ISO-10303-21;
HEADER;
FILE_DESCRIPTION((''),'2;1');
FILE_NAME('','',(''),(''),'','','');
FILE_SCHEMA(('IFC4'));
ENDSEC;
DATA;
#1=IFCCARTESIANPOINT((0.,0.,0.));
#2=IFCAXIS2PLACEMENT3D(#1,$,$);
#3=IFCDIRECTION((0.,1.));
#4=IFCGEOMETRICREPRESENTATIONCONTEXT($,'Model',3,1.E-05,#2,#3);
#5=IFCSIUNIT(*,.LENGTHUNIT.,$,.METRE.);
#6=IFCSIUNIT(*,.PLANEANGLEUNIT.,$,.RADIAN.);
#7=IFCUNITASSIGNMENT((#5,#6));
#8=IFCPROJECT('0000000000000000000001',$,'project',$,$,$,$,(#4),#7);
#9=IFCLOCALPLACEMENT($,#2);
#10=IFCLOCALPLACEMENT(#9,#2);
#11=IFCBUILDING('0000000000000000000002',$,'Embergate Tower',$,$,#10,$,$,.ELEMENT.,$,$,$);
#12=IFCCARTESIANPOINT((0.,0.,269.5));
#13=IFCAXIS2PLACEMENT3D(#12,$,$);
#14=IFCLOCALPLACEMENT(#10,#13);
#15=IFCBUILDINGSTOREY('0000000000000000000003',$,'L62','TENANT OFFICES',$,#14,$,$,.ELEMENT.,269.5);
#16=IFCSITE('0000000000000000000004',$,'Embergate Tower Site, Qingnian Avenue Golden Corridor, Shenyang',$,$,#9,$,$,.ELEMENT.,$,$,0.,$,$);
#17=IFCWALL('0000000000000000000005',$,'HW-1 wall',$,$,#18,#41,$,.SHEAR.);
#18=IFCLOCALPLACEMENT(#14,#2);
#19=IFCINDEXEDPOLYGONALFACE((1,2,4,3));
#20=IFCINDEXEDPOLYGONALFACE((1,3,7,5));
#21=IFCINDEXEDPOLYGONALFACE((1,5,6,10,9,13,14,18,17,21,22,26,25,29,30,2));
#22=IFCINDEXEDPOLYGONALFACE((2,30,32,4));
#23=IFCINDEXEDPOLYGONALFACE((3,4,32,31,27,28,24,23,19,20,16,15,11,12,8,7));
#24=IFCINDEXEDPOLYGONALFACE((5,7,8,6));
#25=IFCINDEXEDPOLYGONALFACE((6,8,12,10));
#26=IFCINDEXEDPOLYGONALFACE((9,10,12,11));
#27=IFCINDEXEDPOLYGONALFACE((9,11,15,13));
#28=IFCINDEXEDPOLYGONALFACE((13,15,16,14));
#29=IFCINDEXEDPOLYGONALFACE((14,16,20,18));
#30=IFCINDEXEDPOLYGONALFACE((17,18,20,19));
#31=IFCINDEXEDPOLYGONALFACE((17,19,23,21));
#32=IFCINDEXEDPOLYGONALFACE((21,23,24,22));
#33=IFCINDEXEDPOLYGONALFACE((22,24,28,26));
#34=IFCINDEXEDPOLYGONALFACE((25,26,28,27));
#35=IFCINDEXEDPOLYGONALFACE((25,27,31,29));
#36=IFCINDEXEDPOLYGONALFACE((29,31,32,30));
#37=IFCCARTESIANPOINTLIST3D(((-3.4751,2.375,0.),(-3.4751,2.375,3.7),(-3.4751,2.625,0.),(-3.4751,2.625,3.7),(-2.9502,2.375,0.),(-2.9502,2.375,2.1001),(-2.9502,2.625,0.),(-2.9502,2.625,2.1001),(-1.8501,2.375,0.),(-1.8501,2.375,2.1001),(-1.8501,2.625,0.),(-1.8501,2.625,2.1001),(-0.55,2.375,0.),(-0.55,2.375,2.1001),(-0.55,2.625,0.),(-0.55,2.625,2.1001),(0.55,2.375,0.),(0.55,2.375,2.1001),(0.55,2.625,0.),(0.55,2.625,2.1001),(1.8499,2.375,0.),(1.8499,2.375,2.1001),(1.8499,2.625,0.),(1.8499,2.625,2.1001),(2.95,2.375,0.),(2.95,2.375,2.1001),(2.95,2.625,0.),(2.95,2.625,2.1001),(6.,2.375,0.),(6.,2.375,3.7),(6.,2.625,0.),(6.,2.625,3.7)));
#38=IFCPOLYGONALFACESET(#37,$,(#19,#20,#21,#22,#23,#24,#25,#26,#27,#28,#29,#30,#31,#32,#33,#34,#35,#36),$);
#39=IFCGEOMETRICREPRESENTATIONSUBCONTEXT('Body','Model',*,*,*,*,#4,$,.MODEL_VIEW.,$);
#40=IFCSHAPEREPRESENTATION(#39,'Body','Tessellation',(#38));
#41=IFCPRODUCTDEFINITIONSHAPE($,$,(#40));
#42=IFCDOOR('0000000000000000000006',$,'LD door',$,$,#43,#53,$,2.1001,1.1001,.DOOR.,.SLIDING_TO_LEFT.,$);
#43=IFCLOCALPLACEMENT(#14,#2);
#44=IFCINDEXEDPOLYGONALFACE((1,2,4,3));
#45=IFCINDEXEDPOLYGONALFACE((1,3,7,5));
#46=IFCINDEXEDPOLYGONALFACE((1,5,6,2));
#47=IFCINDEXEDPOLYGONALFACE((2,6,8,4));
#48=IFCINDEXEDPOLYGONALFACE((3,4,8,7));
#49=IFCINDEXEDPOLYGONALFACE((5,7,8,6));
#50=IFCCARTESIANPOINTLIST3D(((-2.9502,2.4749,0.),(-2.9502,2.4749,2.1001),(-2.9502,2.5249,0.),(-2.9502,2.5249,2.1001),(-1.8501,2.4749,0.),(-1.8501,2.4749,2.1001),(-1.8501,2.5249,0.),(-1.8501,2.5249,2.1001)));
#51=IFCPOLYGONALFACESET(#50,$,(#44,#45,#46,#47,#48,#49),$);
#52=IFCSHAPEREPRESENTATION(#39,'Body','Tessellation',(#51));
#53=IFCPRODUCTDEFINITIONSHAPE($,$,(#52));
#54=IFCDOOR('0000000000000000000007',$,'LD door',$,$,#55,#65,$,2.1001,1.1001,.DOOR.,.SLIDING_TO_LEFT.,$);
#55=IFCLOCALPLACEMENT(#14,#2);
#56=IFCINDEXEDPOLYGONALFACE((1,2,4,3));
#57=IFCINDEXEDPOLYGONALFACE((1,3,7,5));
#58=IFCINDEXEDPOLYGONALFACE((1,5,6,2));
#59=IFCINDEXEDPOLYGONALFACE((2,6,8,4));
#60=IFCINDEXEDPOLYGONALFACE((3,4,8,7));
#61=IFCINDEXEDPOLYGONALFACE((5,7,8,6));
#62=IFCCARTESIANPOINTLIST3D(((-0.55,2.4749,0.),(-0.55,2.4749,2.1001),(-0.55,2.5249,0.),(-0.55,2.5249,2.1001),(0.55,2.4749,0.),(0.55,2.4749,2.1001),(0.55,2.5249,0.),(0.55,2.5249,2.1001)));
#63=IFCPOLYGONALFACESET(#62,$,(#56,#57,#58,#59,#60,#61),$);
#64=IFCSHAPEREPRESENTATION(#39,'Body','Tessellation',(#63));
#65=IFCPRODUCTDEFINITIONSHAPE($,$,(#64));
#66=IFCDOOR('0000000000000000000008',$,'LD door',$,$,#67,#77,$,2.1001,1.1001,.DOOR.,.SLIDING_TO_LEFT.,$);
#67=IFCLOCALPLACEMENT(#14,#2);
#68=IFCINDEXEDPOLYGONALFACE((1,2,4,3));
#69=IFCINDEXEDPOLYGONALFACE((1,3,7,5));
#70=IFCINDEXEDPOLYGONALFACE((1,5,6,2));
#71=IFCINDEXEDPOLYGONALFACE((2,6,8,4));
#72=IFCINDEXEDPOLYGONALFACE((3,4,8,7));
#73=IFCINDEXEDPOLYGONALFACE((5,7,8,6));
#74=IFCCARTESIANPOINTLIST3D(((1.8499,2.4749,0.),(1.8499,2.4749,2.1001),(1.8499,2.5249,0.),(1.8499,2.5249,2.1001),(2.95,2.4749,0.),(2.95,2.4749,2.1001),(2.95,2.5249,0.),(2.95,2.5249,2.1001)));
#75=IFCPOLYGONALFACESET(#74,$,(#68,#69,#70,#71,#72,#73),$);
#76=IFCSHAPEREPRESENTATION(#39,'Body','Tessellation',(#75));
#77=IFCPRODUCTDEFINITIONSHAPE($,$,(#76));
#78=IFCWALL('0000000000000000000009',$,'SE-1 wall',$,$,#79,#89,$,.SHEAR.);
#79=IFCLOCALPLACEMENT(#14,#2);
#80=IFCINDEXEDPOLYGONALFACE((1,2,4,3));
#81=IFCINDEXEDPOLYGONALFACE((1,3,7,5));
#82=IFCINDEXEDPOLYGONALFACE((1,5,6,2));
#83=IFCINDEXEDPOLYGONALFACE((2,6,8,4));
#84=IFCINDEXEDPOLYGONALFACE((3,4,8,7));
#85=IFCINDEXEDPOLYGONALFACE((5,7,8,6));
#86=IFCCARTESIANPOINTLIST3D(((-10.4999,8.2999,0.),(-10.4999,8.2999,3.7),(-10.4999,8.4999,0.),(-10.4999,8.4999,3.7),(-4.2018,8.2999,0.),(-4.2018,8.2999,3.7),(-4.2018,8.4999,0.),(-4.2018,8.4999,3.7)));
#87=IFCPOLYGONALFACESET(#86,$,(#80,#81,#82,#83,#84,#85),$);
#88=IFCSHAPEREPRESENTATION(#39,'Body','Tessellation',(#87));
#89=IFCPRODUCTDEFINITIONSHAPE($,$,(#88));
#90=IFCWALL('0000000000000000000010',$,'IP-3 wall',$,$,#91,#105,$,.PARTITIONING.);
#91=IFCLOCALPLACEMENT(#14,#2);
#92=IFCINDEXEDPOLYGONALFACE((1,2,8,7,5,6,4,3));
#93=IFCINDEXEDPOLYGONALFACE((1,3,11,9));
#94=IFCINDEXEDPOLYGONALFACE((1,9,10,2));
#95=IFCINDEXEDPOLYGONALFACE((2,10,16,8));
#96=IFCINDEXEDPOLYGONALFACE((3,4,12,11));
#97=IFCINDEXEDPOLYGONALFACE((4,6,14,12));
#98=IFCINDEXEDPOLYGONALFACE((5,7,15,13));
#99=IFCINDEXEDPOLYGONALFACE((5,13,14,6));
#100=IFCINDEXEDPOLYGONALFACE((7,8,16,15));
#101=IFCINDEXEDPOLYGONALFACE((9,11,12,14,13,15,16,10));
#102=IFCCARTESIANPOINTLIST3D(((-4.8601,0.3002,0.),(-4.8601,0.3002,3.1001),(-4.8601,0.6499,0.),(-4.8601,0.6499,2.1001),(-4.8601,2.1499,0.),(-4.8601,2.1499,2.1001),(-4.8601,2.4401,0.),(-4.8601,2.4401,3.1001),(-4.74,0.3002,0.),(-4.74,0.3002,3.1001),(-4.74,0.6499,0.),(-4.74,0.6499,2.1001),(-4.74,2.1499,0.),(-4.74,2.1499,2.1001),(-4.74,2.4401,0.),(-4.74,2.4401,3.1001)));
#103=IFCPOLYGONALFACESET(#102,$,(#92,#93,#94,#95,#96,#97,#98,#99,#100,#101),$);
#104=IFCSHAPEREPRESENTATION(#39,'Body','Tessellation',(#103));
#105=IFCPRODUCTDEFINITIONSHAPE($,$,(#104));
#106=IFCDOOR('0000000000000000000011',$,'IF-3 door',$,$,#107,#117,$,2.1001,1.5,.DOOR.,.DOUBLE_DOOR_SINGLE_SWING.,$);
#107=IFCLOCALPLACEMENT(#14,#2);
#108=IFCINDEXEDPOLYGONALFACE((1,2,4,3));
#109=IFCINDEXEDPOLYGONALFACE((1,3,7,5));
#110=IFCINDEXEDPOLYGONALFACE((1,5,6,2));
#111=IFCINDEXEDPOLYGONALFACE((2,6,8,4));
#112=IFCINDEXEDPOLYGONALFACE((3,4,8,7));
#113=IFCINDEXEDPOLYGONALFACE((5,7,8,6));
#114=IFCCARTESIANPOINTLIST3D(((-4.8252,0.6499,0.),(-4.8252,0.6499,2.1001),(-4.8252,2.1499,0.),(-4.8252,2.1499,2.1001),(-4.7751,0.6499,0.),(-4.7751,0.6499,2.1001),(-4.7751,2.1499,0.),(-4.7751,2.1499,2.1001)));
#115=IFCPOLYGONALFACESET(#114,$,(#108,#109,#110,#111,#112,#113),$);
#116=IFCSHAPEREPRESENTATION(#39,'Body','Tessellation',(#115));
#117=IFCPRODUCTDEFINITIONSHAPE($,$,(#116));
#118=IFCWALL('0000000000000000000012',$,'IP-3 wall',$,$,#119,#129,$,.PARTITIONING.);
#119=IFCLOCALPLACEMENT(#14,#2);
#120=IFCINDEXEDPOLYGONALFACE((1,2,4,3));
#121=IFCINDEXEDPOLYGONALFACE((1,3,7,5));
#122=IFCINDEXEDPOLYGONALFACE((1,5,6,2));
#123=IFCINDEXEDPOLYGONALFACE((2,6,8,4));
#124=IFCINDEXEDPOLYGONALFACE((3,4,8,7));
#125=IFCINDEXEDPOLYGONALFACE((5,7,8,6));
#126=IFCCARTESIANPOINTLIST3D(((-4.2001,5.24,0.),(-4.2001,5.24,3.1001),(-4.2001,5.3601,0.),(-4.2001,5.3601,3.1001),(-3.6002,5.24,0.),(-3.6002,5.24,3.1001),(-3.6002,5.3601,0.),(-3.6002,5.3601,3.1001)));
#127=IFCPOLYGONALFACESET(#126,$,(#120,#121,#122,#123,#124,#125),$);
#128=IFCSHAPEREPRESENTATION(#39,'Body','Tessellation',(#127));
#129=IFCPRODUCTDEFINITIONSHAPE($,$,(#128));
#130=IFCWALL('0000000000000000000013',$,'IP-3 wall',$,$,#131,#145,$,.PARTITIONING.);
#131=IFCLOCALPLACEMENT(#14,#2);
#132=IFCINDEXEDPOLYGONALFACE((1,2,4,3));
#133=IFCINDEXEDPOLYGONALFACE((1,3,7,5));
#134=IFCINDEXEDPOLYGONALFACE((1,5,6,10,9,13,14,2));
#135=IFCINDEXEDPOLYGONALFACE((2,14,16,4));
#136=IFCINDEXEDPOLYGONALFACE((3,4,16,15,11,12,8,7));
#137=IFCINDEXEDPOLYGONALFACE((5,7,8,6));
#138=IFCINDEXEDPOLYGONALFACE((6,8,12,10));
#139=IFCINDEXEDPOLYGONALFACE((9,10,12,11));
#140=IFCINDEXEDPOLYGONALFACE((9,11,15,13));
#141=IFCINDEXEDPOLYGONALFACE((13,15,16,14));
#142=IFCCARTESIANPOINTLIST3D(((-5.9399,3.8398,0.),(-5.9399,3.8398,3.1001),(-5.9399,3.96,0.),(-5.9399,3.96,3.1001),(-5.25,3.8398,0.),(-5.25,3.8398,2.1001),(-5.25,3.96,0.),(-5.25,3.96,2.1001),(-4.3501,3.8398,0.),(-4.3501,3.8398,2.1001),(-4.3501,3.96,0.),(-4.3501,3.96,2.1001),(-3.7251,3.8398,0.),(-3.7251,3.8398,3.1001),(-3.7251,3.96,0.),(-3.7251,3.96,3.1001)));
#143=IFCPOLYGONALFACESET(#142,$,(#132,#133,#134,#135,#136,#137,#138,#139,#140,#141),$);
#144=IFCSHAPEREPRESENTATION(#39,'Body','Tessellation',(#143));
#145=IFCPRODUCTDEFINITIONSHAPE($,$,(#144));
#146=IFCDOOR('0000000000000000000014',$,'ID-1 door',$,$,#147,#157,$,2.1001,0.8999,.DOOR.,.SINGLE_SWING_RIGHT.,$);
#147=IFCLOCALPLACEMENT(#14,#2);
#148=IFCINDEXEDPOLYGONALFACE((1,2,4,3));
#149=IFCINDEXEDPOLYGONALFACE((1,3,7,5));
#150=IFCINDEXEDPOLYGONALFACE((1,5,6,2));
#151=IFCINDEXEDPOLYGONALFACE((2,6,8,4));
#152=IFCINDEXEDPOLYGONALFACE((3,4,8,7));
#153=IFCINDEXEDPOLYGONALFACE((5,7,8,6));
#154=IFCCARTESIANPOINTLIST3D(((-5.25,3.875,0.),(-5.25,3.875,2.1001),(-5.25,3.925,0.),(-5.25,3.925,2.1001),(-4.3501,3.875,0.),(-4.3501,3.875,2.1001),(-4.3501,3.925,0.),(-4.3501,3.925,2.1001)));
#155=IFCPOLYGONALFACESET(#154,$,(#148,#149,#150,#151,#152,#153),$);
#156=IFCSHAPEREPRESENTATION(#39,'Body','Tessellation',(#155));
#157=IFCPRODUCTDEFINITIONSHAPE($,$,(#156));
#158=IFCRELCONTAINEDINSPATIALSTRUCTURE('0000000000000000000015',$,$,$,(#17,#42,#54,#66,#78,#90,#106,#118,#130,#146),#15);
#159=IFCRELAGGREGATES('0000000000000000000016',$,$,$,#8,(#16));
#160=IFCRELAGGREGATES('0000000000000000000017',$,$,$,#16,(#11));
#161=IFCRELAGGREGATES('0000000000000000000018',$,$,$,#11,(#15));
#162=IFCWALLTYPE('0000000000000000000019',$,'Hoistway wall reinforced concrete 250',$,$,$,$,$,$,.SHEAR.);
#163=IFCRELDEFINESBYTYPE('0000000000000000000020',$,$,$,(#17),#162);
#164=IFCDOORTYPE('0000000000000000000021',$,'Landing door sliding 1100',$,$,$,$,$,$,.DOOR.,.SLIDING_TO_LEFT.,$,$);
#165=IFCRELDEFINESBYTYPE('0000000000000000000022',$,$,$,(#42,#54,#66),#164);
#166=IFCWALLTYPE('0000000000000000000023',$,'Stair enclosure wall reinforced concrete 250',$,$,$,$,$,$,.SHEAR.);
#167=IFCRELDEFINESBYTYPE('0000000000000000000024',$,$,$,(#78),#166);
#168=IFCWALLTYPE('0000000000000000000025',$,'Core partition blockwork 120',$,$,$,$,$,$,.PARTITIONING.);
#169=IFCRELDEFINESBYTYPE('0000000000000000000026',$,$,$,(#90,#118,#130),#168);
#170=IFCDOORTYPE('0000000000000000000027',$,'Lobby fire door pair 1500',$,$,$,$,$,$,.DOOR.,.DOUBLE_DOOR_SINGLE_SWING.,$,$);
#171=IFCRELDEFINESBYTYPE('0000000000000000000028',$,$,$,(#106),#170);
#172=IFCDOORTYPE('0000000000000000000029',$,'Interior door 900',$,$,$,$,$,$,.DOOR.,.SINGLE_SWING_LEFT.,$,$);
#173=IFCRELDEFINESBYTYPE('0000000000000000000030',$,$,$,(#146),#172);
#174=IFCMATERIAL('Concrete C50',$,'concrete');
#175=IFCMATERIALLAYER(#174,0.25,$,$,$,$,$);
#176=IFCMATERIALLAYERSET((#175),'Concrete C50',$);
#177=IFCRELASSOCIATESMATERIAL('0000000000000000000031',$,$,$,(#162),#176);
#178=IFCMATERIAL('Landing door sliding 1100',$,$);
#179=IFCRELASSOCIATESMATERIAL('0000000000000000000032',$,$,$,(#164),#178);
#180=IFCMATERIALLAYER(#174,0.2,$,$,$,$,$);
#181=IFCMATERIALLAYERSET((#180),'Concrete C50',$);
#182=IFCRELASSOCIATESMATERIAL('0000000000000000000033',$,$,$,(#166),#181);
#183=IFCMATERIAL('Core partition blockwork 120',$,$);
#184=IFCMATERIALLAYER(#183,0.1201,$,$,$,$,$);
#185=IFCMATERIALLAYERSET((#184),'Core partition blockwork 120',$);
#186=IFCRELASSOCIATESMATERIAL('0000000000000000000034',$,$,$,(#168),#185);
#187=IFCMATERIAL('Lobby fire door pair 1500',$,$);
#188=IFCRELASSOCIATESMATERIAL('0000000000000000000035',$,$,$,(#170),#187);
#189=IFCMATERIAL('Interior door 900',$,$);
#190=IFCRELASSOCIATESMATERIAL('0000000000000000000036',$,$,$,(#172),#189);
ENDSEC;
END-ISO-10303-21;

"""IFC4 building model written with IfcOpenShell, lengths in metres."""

from ifc_helpers import new_model, si_unit, direction, frame, frame_2d, origin, place, context, subcontext, project, spatial, rectangle, extrude, source, transform, mapped, material, layer, layer_set, type_object, element, fill, save


model = new_model("IFC4")

# Units and contexts
model_context = context("Model", 3, precision=1e-05, world=origin(), true_north=direction((0.0, 1.0)))
body_context = subcontext(model_context, "Body", "Model", "MODEL_VIEW")
ifc_project = project(units=[si_unit("LENGTHUNIT", "METRE"), si_unit("PLANEANGLEUNIT", "RADIAN")], contexts=[model_context])

# Site, building, storey
site_placement = place(None, origin())
site = spatial("IfcSite", under=ifc_project, at=site_placement, Name="Embergate Tower Site, Qingnian Avenue Golden Corridor, Shenyang", CompositionType="ELEMENT", RefElevation=0.0)
building_placement = place(site_placement, origin())
building = spatial("IfcBuilding", under=site, at=building_placement, Name="Embergate Tower", CompositionType="ELEMENT")
storey_placement = place(building_placement, frame((0.0, 0.0, 269.5)))
storey = spatial("IfcBuildingStorey", under=building, at=storey_placement, Name="L62", Description="TENANT OFFICES", CompositionType="ELEMENT", Elevation=269.5)

# Shared definitions
ifc_material_1 = material(Name="Concrete C50", Category="concrete")
ifc_layer_1 = layer(ifc_material_1, 0.25)
ifc_layer_set_1 = layer_set([ifc_layer_1], Name="Concrete C50")
wall_type_1 = type_object("IfcWallType", Name="Hoistway wall reinforced concrete 250", PredefinedType="SHEAR", material=ifc_layer_set_1)

# Shared definitions
shared_shape_1 = source(origin(), body_context, "Body", "SweptSolid", [
    extrude(rectangle(XDim=1.1001, YDim=2.1001, at=frame_2d((0.55, 1.05))), frame((0.0, 0.135, 0.0), z_axis=(0.0, -1.0, 0.0), x_axis=(1.0, 0.0, 0.0)), (0.0, 0.0, 1.0), 0.27),
])
ifc_material_2 = material(Name="Landing door sliding 1100")
door_type_1 = type_object("IfcDoorType", Name="Landing door sliding 1100", OperationType="SLIDING_TO_LEFT", PredefinedType="DOOR", material=ifc_material_2)
shared_shape_2 = source(origin(), body_context, "Body", "SweptSolid", [
    extrude(rectangle(XDim=1.1001, YDim=2.1001, at=frame_2d((0.55, 1.05))), frame((0.0, 0.0249, 0.0), z_axis=(0.0, -1.0, 0.0), x_axis=(1.0, 0.0, 0.0)), (0.0, 0.0, 1.0), 0.05),
])

# Shared definitions
ifc_layer_2 = layer(ifc_material_1, 0.2)
ifc_layer_set_2 = layer_set([ifc_layer_2], Name="Concrete C50")
wall_type_2 = type_object("IfcWallType", Name="Stair enclosure wall reinforced concrete 250", PredefinedType="SHEAR", material=ifc_layer_set_2)

# Wall, openings, doors
shared_shape_3 = source(origin(), body_context, "Body", "SweptSolid", [
    extrude(rectangle(XDim=9.4751, YDim=0.25, at=frame_2d((4.7375, 0.0))), origin(), (0.0, 0.0, 1.0), 3.7),
])
wall_1_placement = place(storey_placement, frame((-3.4751, 2.5, 0.0), z_axis=(0.0, 0.0, 1.0), x_axis=(1.0, 0.0, 0.0)))
wall_1 = element("IfcWall", 1, at=wall_1_placement, inside=storey, type_object=wall_type_1, Name="HW-1 wall", PredefinedType="SHEAR", context=body_context, shape_type="MappedRepresentation", body=[
    mapped(shared_shape_3, transform((0.0, 0.0, 0.0))),
])
opening_1_placement = place(wall_1_placement, frame((0.5249, 0.0, 0.0)))
opening_1 = element("IfcOpeningElement", 2, at=opening_1_placement, cuts=wall_1, PredefinedType="OPENING", context=body_context, shape_type="MappedRepresentation", body=[
    mapped(shared_shape_1, transform((0.0, 0.0, 0.0))),
])
opening_2_placement = place(wall_1_placement, frame((2.925, 0.0, 0.0)))
opening_2 = element("IfcOpeningElement", 3, at=opening_2_placement, cuts=wall_1, PredefinedType="OPENING", context=body_context, shape_type="MappedRepresentation", body=[
    mapped(shared_shape_1, transform((0.0, 0.0, 0.0))),
])
opening_3_placement = place(wall_1_placement, frame((5.325, 0.0, 0.0)))
opening_3 = element("IfcOpeningElement", 4, at=opening_3_placement, cuts=wall_1, PredefinedType="OPENING", context=body_context, shape_type="MappedRepresentation", body=[
    mapped(shared_shape_1, transform((0.0, 0.0, 0.0))),
])
door_1_placement = place(opening_1_placement, origin())
door_1 = element("IfcDoor", 5, at=door_1_placement, inside=storey, type_object=door_type_1, Name="LD door", OperationType="SLIDING_TO_LEFT", OverallHeight=2.1001, OverallWidth=1.1001, PredefinedType="DOOR", context=body_context, shape_type="MappedRepresentation", body=[
    mapped(shared_shape_2, transform((0.0, 0.0, 0.0))),
])
fill(opening_1, door_1)
door_2_placement = place(opening_2_placement, origin())
door_2 = element("IfcDoor", 6, at=door_2_placement, inside=storey, type_object=door_type_1, Name="LD door", OperationType="SLIDING_TO_LEFT", OverallHeight=2.1001, OverallWidth=1.1001, PredefinedType="DOOR", context=body_context, shape_type="MappedRepresentation", body=[
    mapped(shared_shape_2, transform((0.0, 0.0, 0.0))),
])
fill(opening_2, door_2)
door_3_placement = place(opening_3_placement, origin())
door_3 = element("IfcDoor", 7, at=door_3_placement, inside=storey, type_object=door_type_1, Name="LD door", OperationType="SLIDING_TO_LEFT", OverallHeight=2.1001, OverallWidth=1.1001, PredefinedType="DOOR", context=body_context, shape_type="MappedRepresentation", body=[
    mapped(shared_shape_2, transform((0.0, 0.0, 0.0))),
])
fill(opening_3, door_3)

# Wall
shared_shape_4 = source(origin(), body_context, "Body", "SweptSolid", [
    extrude(rectangle(XDim=6.2981, YDim=0.2, at=frame_2d((3.1489, 0.0))), origin(), (0.0, 0.0, 1.0), 3.7),
])
wall_2_placement = place(storey_placement, frame((-4.2019, 8.3999, 0.0), z_axis=(0.0, 0.0, 1.0), x_axis=(-1.0, 0.0, 0.0)))
element("IfcWall", 8, at=wall_2_placement, inside=storey, type_object=wall_type_2, Name="SE-1 wall", PredefinedType="SHEAR", context=body_context, shape_type="MappedRepresentation", body=[
    mapped(shared_shape_4, transform((0.0, 0.0, 0.0))),
])

# Wall, opening, door
ifc_material_3 = material(Name="Core partition blockwork 120")
ifc_layer_3 = layer(ifc_material_3, 0.1201)
ifc_layer_set_3 = layer_set([ifc_layer_3], Name="Core partition blockwork 120")
wall_type_3 = type_object("IfcWallType", Name="Core partition blockwork 120", PredefinedType="PARTITIONING", material=ifc_layer_set_3)
shared_shape_5 = source(origin(), body_context, "Body", "SweptSolid", [
    extrude(rectangle(XDim=2.1399, YDim=0.1201, at=frame_2d((1.0698, 0.0))), origin(), (0.0, 0.0, 1.0), 3.1001),
])
wall_3_placement = place(storey_placement, frame((-4.8, 2.4399, 0.0), z_axis=(0.0, 0.0, 1.0), x_axis=(0.0, -1.0, 0.0)))
wall_3 = element("IfcWall", 9, at=wall_3_placement, inside=storey, type_object=wall_type_3, Name="IP-3 wall", PredefinedType="PARTITIONING", context=body_context, shape_type="MappedRepresentation", body=[
    mapped(shared_shape_5, transform((0.0, 0.0, 0.0))),
])
shared_shape_6 = source(origin(), body_context, "Body", "SweptSolid", [
    extrude(rectangle(XDim=1.5, YDim=2.1001, at=frame_2d((0.75, 1.05))), frame((0.0, 0.0701, 0.0), z_axis=(0.0, -1.0, 0.0), x_axis=(1.0, 0.0, 0.0)), (0.0, 0.0, 1.0), 0.1401),
])
opening_4_placement = place(wall_3_placement, frame((0.29, 0.0, 0.0)))
opening_4 = element("IfcOpeningElement", 10, at=opening_4_placement, cuts=wall_3, PredefinedType="OPENING", context=body_context, shape_type="MappedRepresentation", body=[
    mapped(shared_shape_6, transform((0.0, 0.0, 0.0))),
])
ifc_material_4 = material(Name="Lobby fire door pair 1500")
door_type_2 = type_object("IfcDoorType", Name="Lobby fire door pair 1500", OperationType="DOUBLE_DOOR_SINGLE_SWING", PredefinedType="DOOR", material=ifc_material_4)
shared_shape_7 = source(origin(), body_context, "Body", "SweptSolid", [
    extrude(rectangle(XDim=1.5, YDim=2.1001, at=frame_2d((0.75, 1.05))), frame((0.0, 0.0249, 0.0), z_axis=(0.0, -1.0, 0.0), x_axis=(1.0, 0.0, 0.0)), (0.0, 0.0, 1.0), 0.05),
])
door_4_placement = place(opening_4_placement, origin())
door_4 = element("IfcDoor", 11, at=door_4_placement, inside=storey, type_object=door_type_2, Name="IF-3 door", OperationType="DOUBLE_DOOR_SINGLE_SWING", OverallHeight=2.1001, OverallWidth=1.5, PredefinedType="DOOR", context=body_context, shape_type="MappedRepresentation", body=[
    mapped(shared_shape_7, transform((0.0, 0.0, 0.0))),
])
fill(opening_4, door_4)

# Wall
shared_shape_8 = source(origin(), body_context, "Body", "SweptSolid", [
    extrude(rectangle(XDim=0.5999, YDim=0.1201, at=frame_2d((0.2998, 0.0))), origin(), (0.0, 0.0, 1.0), 3.1001),
])
wall_4_placement = place(storey_placement, frame((-4.2, 5.3, 0.0), z_axis=(0.0, 0.0, 1.0), x_axis=(1.0, 0.0, 0.0)))
element("IfcWall", 12, at=wall_4_placement, inside=storey, type_object=wall_type_3, Name="IP-3 wall", PredefinedType="PARTITIONING", context=body_context, shape_type="MappedRepresentation", body=[
    mapped(shared_shape_8, transform((0.0, 0.0, 0.0))),
])

# Wall, opening, door
shared_shape_9 = source(origin(), body_context, "Body", "SweptSolid", [
    extrude(rectangle(XDim=2.2148, YDim=0.1201, at=frame_2d((1.1074, 0.0))), origin(), (0.0, 0.0, 1.0), 3.1001),
])
wall_5_placement = place(storey_placement, frame((-3.7251, 3.8999, 0.0), z_axis=(0.0, 0.0, 1.0), x_axis=(-1.0, 0.0, 0.0)))
wall_5 = element("IfcWall", 13, at=wall_5_placement, inside=storey, type_object=wall_type_3, Name="IP-3 wall", PredefinedType="PARTITIONING", context=body_context, shape_type="MappedRepresentation", body=[
    mapped(shared_shape_9, transform((0.0, 0.0, 0.0))),
])
shared_shape_10 = source(origin(), body_context, "Body", "SweptSolid", [
    extrude(rectangle(XDim=0.8999, YDim=2.1001, at=frame_2d((0.45, 1.05))), frame((0.0, 0.0701, 0.0), z_axis=(0.0, -1.0, 0.0), x_axis=(1.0, 0.0, 0.0)), (0.0, 0.0, 1.0), 0.1401),
])
opening_5_placement = place(wall_5_placement, frame((0.625, 0.0, 0.0)))
opening_5 = element("IfcOpeningElement", 14, at=opening_5_placement, cuts=wall_5, PredefinedType="OPENING", context=body_context, shape_type="MappedRepresentation", body=[
    mapped(shared_shape_10, transform((0.0, 0.0, 0.0))),
])
ifc_material_5 = material(Name="Interior door 900")
door_type_3 = type_object("IfcDoorType", Name="Interior door 900", OperationType="SINGLE_SWING_LEFT", PredefinedType="DOOR", material=ifc_material_5)
shared_shape_11 = source(origin(), body_context, "Body", "SweptSolid", [
    extrude(rectangle(XDim=0.8999, YDim=2.1001, at=frame_2d((0.45, 1.05))), frame((0.0, 0.0249, 0.0), z_axis=(0.0, -1.0, 0.0), x_axis=(1.0, 0.0, 0.0)), (0.0, 0.0, 1.0), 0.05),
])
door_5_placement = place(opening_5_placement, origin())
door_5 = element("IfcDoor", 15, at=door_5_placement, inside=storey, type_object=door_type_3, Name="ID-1 door", OperationType="SINGLE_SWING_RIGHT", OverallHeight=2.1001, OverallWidth=0.8999, PredefinedType="DOOR", context=body_context, shape_type="MappedRepresentation", body=[
    mapped(shared_shape_11, transform((0.0, 0.0, 0.0))),
])
fill(opening_5, door_5)

save(model, "model.ifc")
